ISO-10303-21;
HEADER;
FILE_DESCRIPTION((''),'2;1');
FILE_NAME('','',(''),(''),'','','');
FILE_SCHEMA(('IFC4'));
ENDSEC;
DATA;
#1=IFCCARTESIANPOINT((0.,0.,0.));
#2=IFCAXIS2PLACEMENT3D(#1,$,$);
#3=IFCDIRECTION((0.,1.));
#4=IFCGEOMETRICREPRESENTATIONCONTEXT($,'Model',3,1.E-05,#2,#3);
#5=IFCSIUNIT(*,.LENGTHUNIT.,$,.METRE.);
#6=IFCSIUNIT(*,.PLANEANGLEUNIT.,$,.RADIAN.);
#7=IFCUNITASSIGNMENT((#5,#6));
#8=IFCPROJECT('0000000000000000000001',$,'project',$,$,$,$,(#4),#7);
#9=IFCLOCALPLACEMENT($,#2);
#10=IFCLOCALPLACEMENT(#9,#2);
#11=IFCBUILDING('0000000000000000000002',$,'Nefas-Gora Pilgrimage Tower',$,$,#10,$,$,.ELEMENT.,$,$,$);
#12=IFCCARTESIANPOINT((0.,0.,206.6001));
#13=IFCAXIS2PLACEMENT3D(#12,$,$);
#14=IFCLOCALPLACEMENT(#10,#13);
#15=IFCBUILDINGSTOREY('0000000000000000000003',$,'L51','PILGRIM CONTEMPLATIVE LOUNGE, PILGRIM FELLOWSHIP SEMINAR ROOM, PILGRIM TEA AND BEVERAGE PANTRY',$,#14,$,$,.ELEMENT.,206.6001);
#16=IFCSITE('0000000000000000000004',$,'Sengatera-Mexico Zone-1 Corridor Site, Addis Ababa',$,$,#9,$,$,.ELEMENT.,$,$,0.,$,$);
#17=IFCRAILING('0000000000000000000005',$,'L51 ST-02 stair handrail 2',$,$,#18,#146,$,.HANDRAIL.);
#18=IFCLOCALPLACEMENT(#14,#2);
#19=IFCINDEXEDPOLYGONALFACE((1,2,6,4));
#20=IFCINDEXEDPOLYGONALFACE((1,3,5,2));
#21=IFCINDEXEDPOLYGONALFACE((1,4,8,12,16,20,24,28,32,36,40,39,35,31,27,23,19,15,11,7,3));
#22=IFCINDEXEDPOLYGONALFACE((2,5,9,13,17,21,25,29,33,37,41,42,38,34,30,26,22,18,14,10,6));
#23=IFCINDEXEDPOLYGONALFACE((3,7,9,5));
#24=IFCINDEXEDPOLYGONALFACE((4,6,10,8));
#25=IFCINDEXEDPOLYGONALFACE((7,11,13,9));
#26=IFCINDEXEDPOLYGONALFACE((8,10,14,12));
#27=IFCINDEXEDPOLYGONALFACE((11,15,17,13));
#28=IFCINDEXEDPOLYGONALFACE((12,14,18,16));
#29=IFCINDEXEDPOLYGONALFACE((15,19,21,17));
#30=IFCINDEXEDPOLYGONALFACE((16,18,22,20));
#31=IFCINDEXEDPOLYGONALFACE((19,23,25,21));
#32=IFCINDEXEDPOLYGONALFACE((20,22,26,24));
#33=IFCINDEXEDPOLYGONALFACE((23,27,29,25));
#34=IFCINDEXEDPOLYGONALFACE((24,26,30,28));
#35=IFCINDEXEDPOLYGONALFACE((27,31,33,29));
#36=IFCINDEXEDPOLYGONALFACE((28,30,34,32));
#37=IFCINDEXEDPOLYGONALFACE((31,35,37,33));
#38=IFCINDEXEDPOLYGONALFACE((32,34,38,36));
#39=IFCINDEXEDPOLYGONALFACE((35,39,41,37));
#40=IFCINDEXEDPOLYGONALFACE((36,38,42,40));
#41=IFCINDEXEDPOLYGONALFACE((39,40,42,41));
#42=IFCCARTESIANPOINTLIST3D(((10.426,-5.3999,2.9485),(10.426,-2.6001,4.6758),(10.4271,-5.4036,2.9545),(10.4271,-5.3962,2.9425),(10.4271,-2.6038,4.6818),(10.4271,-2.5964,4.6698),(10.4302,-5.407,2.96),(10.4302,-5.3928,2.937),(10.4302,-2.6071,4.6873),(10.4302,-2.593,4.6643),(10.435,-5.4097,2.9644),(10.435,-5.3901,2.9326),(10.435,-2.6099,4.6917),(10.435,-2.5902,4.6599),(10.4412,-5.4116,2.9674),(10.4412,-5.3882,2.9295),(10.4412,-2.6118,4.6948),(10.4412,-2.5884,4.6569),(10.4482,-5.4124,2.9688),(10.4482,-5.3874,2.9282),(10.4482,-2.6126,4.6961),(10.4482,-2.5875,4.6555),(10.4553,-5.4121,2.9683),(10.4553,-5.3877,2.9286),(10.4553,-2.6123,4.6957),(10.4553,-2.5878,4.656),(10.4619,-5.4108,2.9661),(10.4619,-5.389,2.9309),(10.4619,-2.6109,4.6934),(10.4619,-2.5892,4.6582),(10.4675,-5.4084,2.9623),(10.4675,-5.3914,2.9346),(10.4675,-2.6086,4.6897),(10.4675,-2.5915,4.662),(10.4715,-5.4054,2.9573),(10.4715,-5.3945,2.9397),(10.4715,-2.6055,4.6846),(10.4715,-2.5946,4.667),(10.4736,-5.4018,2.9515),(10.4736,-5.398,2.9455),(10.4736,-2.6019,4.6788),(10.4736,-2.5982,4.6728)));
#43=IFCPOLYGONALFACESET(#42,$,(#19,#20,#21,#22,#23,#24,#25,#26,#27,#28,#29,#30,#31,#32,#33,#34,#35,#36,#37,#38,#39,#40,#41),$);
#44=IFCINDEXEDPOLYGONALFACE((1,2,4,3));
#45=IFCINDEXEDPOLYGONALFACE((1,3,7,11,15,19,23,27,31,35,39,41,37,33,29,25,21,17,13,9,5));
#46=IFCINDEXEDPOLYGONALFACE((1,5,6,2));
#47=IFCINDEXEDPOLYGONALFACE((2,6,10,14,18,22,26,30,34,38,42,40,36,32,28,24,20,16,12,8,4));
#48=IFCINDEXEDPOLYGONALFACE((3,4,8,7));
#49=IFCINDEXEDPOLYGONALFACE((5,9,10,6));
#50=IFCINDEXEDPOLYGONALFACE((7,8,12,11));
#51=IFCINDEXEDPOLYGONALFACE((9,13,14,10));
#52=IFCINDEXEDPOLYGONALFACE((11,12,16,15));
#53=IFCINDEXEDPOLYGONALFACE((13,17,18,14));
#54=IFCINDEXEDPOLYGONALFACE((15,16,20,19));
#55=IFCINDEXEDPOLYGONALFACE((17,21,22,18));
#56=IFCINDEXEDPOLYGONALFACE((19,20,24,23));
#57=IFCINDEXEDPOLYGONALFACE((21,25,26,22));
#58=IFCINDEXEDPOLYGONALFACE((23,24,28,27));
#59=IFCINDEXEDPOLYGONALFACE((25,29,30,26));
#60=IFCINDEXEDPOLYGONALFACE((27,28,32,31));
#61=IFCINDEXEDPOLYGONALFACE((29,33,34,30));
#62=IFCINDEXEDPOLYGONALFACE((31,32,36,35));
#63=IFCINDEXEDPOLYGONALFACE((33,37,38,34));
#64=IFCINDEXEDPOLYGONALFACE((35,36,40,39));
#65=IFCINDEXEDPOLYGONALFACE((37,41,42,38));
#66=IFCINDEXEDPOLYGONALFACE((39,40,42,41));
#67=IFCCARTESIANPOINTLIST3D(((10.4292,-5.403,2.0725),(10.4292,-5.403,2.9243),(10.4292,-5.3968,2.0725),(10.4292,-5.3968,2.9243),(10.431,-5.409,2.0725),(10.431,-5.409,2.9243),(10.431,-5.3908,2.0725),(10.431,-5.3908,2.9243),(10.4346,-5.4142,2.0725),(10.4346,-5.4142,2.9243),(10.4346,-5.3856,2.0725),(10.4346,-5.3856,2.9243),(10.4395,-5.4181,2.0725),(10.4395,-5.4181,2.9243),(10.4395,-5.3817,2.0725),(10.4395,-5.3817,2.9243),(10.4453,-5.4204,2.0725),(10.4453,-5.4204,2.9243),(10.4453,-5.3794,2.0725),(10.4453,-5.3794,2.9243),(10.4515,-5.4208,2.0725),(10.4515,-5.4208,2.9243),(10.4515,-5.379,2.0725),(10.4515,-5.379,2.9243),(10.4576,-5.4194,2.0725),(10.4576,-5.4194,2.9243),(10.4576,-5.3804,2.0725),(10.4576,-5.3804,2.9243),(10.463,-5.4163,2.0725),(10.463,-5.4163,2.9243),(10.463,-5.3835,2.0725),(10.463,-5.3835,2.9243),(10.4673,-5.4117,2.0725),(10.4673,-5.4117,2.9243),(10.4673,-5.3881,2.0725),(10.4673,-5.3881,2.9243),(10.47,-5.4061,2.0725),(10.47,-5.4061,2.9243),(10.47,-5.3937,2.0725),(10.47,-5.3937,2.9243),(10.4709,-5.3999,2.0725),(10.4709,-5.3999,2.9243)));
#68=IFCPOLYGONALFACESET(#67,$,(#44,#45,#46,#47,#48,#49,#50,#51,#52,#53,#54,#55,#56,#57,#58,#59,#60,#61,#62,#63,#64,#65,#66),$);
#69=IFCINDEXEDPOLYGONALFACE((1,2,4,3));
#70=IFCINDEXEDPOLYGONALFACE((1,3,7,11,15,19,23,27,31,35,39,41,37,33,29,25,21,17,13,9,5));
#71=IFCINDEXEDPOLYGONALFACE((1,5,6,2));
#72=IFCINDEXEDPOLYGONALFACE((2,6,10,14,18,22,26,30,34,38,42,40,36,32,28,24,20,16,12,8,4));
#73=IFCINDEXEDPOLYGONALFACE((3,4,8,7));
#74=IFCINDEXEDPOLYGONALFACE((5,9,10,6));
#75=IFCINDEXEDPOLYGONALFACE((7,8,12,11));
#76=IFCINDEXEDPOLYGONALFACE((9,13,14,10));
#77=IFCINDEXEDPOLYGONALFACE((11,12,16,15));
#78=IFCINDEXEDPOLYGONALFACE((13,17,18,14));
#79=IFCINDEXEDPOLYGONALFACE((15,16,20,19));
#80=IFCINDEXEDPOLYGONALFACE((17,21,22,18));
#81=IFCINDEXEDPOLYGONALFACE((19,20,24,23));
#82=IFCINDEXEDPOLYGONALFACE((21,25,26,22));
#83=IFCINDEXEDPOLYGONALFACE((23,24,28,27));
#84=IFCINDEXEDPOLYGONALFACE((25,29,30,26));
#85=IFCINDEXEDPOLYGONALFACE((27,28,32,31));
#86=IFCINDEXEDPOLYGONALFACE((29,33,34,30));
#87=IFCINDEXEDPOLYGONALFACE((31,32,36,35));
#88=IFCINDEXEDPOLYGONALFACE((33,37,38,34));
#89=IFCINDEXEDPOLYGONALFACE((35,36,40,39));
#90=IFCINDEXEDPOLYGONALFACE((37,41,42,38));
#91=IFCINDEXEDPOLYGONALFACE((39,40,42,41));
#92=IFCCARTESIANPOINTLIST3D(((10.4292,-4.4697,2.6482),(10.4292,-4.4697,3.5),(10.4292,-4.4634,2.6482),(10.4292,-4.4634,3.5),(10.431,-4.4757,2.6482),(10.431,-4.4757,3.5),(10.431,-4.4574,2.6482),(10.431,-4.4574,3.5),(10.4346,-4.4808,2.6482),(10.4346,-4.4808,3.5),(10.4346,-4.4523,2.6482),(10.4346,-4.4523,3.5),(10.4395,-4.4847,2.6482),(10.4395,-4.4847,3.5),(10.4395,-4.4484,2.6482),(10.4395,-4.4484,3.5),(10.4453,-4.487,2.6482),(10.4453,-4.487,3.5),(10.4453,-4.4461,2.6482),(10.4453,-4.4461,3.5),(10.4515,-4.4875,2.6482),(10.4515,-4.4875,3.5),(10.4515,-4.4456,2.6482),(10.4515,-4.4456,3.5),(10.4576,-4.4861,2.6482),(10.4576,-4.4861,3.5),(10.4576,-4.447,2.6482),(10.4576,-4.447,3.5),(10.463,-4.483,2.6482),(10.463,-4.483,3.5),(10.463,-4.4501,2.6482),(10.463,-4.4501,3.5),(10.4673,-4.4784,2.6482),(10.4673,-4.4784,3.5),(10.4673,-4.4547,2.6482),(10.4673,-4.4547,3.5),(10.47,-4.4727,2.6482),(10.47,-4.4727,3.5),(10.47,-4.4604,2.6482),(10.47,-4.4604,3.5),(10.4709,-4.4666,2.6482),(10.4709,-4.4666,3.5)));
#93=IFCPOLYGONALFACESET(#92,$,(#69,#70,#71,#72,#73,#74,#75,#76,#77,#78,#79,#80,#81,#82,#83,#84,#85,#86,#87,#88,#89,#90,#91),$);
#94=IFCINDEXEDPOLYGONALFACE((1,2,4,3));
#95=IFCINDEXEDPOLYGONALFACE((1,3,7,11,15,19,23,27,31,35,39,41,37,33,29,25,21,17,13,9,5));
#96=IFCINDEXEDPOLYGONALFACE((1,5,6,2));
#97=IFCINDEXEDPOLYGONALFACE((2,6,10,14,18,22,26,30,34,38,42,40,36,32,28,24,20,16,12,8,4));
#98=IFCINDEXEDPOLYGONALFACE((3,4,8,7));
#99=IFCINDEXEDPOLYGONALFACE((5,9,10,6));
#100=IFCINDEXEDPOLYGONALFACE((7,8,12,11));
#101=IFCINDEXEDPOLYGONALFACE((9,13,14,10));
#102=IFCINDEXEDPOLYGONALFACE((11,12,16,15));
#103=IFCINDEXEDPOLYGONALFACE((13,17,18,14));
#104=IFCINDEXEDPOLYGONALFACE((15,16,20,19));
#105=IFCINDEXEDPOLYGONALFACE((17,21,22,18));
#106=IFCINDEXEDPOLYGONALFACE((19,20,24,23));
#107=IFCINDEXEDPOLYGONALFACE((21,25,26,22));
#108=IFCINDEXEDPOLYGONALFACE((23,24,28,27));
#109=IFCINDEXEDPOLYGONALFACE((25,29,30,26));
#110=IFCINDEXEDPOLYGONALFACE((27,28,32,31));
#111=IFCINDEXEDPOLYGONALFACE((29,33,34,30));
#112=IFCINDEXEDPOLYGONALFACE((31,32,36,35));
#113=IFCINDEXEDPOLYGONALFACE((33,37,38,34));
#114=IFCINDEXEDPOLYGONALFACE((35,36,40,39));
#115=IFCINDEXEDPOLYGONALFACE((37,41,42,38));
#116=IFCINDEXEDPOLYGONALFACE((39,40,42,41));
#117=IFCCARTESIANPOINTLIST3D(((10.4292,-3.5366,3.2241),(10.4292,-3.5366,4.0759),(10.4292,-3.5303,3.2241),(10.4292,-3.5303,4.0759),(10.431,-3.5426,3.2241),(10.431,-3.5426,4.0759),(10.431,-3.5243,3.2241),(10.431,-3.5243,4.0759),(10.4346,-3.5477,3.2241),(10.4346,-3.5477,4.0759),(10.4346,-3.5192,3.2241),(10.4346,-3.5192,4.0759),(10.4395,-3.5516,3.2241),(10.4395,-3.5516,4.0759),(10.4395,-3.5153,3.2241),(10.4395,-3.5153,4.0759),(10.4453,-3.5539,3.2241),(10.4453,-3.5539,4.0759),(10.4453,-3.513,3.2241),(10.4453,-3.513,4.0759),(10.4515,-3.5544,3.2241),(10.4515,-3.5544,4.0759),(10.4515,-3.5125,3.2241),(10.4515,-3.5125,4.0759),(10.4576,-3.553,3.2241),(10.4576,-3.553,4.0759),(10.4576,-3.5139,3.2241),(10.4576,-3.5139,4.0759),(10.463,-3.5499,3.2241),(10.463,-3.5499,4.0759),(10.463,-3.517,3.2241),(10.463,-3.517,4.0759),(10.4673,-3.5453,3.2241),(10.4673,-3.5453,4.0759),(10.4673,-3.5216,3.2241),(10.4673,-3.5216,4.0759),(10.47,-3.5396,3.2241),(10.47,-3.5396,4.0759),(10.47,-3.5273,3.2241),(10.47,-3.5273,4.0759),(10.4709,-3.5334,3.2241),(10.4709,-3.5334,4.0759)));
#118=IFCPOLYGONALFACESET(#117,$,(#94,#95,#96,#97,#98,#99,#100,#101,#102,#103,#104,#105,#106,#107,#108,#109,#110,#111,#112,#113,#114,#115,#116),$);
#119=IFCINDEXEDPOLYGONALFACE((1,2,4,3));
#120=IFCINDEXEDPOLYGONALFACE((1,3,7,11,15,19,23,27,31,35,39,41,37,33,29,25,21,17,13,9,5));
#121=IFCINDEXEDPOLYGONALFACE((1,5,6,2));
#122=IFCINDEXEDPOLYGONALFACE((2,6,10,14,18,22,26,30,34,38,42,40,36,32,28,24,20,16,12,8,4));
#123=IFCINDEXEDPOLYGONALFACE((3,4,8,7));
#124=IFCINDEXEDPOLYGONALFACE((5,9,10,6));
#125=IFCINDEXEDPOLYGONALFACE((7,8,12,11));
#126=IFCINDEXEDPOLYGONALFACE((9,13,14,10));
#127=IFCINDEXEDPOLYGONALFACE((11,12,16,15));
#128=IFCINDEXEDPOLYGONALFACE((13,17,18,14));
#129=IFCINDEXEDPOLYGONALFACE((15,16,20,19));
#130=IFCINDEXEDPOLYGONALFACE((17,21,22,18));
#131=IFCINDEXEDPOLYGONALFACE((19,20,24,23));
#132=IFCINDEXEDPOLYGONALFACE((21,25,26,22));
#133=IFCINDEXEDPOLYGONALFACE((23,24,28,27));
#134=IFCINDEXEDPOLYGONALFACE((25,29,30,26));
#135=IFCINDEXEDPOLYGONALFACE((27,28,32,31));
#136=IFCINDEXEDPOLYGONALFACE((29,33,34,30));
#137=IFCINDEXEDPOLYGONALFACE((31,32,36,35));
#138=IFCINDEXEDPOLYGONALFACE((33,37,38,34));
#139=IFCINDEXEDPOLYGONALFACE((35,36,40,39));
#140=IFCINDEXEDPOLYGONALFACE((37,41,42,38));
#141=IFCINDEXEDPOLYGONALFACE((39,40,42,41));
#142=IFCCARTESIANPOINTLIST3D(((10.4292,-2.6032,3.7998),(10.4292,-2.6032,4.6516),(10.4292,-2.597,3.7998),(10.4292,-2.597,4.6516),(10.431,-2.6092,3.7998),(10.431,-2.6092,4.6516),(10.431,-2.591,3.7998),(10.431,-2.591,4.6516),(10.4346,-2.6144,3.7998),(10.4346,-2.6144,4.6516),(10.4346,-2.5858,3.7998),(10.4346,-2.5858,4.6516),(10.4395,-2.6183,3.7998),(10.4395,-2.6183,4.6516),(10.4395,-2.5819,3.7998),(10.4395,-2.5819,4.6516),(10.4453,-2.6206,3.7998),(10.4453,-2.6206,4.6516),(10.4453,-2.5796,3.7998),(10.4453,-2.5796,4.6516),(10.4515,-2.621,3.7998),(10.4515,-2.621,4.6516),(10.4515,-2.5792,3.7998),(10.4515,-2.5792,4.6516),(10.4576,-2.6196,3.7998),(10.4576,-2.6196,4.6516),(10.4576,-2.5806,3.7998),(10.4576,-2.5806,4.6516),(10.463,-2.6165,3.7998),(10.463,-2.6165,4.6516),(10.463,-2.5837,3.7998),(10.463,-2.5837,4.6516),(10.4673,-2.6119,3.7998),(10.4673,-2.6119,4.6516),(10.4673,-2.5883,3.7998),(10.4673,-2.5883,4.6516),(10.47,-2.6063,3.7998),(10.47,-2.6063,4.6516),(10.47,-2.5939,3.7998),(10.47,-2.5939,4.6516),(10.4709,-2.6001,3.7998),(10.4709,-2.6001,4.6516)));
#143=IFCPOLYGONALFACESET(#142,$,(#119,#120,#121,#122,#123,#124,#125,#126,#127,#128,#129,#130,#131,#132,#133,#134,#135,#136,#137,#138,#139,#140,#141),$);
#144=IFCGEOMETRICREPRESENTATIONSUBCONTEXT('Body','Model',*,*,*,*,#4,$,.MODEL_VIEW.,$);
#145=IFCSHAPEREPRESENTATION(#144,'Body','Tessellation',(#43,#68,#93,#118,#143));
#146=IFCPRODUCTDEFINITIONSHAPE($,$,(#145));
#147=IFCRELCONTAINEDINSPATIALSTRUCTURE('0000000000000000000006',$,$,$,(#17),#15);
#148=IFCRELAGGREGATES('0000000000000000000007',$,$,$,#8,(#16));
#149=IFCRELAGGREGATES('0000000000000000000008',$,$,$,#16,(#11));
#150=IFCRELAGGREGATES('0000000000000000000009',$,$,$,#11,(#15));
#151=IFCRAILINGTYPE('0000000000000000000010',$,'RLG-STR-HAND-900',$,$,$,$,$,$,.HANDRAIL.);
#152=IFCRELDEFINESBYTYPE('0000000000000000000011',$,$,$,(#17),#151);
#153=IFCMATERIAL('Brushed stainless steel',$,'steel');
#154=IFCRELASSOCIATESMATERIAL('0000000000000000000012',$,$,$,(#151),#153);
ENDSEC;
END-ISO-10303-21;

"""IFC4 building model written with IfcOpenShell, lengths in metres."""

from ifc_helpers import new_model, si_unit, direction, frame, origin, origin_2d, place, context, subcontext, project, spatial, circle, extrude, material, type_object, element, save


model = new_model("IFC4")

# Units and contexts
model_context = context("Model", 3, precision=1e-05, world=origin(), true_north=direction((0.0, 1.0)))
body_context = subcontext(model_context, "Body", "Model", "MODEL_VIEW")
ifc_project = project(units=[si_unit("LENGTHUNIT", "METRE"), si_unit("PLANEANGLEUNIT", "RADIAN")], contexts=[model_context])

# Site, building, storey
site_placement = place(None, origin())
site = spatial("IfcSite", under=ifc_project, at=site_placement, Name="Sengatera-Mexico Zone-1 Corridor Site, Addis Ababa", CompositionType="ELEMENT", RefElevation=0.0)
building_placement = place(site_placement, origin())
building = spatial("IfcBuilding", under=site, at=building_placement, Name="Nefas-Gora Pilgrimage Tower", CompositionType="ELEMENT")
storey_placement = place(building_placement, frame((0.0, 0.0, 206.6001)))
storey = spatial("IfcBuildingStorey", under=building, at=storey_placement, Name="L51", Description="PILGRIM CONTEMPLATIVE LOUNGE, PILGRIM FELLOWSHIP SEMINAR ROOM, PILGRIM TEA AND BEVERAGE PANTRY", CompositionType="ELEMENT", Elevation=206.6001)

# Railing
ifc_material_1 = material(Name="Brushed stainless steel", Category="steel")
railing_type_1 = type_object("IfcRailingType", Name="RLG-STR-HAND-900", PredefinedType="HANDRAIL", material=ifc_material_1)
railing_1_placement = place(storey_placement, frame((10.45, -5.3999, 2.0725)))
element("IfcRailing", 1, at=railing_1_placement, inside=storey, type_object=railing_type_1, Name="L51 ST-02 stair handrail 2", PredefinedType="HANDRAIL", context=body_context, shape_type="SweptSolid", body=[
    extrude(circle(Radius=0.0239, at=origin_2d()), frame((0.0, 0.0, 0.876), z_axis=(0.0, 0.851069, 0.525054), x_axis=(-1.0, 0.0, 0.0)), (0.0, 0.0, 1.0), 3.2898),
    extrude(circle(Radius=0.021, at=origin_2d()), origin(), (0.0, 0.0, 1.0), 0.8518),
    extrude(circle(Radius=0.021, at=origin_2d()), frame((0.0, 0.9333, 0.5757)), (0.0, 0.0, 1.0), 0.8518),
    extrude(circle(Radius=0.021, at=origin_2d()), frame((0.0, 1.8665, 1.1516)), (0.0, 0.0, 1.0), 0.8518),
    extrude(circle(Radius=0.021, at=origin_2d()), frame((0.0, 2.7998, 1.7273)), (0.0, 0.0, 1.0), 0.8518),
])

save(model, "model.ifc")
